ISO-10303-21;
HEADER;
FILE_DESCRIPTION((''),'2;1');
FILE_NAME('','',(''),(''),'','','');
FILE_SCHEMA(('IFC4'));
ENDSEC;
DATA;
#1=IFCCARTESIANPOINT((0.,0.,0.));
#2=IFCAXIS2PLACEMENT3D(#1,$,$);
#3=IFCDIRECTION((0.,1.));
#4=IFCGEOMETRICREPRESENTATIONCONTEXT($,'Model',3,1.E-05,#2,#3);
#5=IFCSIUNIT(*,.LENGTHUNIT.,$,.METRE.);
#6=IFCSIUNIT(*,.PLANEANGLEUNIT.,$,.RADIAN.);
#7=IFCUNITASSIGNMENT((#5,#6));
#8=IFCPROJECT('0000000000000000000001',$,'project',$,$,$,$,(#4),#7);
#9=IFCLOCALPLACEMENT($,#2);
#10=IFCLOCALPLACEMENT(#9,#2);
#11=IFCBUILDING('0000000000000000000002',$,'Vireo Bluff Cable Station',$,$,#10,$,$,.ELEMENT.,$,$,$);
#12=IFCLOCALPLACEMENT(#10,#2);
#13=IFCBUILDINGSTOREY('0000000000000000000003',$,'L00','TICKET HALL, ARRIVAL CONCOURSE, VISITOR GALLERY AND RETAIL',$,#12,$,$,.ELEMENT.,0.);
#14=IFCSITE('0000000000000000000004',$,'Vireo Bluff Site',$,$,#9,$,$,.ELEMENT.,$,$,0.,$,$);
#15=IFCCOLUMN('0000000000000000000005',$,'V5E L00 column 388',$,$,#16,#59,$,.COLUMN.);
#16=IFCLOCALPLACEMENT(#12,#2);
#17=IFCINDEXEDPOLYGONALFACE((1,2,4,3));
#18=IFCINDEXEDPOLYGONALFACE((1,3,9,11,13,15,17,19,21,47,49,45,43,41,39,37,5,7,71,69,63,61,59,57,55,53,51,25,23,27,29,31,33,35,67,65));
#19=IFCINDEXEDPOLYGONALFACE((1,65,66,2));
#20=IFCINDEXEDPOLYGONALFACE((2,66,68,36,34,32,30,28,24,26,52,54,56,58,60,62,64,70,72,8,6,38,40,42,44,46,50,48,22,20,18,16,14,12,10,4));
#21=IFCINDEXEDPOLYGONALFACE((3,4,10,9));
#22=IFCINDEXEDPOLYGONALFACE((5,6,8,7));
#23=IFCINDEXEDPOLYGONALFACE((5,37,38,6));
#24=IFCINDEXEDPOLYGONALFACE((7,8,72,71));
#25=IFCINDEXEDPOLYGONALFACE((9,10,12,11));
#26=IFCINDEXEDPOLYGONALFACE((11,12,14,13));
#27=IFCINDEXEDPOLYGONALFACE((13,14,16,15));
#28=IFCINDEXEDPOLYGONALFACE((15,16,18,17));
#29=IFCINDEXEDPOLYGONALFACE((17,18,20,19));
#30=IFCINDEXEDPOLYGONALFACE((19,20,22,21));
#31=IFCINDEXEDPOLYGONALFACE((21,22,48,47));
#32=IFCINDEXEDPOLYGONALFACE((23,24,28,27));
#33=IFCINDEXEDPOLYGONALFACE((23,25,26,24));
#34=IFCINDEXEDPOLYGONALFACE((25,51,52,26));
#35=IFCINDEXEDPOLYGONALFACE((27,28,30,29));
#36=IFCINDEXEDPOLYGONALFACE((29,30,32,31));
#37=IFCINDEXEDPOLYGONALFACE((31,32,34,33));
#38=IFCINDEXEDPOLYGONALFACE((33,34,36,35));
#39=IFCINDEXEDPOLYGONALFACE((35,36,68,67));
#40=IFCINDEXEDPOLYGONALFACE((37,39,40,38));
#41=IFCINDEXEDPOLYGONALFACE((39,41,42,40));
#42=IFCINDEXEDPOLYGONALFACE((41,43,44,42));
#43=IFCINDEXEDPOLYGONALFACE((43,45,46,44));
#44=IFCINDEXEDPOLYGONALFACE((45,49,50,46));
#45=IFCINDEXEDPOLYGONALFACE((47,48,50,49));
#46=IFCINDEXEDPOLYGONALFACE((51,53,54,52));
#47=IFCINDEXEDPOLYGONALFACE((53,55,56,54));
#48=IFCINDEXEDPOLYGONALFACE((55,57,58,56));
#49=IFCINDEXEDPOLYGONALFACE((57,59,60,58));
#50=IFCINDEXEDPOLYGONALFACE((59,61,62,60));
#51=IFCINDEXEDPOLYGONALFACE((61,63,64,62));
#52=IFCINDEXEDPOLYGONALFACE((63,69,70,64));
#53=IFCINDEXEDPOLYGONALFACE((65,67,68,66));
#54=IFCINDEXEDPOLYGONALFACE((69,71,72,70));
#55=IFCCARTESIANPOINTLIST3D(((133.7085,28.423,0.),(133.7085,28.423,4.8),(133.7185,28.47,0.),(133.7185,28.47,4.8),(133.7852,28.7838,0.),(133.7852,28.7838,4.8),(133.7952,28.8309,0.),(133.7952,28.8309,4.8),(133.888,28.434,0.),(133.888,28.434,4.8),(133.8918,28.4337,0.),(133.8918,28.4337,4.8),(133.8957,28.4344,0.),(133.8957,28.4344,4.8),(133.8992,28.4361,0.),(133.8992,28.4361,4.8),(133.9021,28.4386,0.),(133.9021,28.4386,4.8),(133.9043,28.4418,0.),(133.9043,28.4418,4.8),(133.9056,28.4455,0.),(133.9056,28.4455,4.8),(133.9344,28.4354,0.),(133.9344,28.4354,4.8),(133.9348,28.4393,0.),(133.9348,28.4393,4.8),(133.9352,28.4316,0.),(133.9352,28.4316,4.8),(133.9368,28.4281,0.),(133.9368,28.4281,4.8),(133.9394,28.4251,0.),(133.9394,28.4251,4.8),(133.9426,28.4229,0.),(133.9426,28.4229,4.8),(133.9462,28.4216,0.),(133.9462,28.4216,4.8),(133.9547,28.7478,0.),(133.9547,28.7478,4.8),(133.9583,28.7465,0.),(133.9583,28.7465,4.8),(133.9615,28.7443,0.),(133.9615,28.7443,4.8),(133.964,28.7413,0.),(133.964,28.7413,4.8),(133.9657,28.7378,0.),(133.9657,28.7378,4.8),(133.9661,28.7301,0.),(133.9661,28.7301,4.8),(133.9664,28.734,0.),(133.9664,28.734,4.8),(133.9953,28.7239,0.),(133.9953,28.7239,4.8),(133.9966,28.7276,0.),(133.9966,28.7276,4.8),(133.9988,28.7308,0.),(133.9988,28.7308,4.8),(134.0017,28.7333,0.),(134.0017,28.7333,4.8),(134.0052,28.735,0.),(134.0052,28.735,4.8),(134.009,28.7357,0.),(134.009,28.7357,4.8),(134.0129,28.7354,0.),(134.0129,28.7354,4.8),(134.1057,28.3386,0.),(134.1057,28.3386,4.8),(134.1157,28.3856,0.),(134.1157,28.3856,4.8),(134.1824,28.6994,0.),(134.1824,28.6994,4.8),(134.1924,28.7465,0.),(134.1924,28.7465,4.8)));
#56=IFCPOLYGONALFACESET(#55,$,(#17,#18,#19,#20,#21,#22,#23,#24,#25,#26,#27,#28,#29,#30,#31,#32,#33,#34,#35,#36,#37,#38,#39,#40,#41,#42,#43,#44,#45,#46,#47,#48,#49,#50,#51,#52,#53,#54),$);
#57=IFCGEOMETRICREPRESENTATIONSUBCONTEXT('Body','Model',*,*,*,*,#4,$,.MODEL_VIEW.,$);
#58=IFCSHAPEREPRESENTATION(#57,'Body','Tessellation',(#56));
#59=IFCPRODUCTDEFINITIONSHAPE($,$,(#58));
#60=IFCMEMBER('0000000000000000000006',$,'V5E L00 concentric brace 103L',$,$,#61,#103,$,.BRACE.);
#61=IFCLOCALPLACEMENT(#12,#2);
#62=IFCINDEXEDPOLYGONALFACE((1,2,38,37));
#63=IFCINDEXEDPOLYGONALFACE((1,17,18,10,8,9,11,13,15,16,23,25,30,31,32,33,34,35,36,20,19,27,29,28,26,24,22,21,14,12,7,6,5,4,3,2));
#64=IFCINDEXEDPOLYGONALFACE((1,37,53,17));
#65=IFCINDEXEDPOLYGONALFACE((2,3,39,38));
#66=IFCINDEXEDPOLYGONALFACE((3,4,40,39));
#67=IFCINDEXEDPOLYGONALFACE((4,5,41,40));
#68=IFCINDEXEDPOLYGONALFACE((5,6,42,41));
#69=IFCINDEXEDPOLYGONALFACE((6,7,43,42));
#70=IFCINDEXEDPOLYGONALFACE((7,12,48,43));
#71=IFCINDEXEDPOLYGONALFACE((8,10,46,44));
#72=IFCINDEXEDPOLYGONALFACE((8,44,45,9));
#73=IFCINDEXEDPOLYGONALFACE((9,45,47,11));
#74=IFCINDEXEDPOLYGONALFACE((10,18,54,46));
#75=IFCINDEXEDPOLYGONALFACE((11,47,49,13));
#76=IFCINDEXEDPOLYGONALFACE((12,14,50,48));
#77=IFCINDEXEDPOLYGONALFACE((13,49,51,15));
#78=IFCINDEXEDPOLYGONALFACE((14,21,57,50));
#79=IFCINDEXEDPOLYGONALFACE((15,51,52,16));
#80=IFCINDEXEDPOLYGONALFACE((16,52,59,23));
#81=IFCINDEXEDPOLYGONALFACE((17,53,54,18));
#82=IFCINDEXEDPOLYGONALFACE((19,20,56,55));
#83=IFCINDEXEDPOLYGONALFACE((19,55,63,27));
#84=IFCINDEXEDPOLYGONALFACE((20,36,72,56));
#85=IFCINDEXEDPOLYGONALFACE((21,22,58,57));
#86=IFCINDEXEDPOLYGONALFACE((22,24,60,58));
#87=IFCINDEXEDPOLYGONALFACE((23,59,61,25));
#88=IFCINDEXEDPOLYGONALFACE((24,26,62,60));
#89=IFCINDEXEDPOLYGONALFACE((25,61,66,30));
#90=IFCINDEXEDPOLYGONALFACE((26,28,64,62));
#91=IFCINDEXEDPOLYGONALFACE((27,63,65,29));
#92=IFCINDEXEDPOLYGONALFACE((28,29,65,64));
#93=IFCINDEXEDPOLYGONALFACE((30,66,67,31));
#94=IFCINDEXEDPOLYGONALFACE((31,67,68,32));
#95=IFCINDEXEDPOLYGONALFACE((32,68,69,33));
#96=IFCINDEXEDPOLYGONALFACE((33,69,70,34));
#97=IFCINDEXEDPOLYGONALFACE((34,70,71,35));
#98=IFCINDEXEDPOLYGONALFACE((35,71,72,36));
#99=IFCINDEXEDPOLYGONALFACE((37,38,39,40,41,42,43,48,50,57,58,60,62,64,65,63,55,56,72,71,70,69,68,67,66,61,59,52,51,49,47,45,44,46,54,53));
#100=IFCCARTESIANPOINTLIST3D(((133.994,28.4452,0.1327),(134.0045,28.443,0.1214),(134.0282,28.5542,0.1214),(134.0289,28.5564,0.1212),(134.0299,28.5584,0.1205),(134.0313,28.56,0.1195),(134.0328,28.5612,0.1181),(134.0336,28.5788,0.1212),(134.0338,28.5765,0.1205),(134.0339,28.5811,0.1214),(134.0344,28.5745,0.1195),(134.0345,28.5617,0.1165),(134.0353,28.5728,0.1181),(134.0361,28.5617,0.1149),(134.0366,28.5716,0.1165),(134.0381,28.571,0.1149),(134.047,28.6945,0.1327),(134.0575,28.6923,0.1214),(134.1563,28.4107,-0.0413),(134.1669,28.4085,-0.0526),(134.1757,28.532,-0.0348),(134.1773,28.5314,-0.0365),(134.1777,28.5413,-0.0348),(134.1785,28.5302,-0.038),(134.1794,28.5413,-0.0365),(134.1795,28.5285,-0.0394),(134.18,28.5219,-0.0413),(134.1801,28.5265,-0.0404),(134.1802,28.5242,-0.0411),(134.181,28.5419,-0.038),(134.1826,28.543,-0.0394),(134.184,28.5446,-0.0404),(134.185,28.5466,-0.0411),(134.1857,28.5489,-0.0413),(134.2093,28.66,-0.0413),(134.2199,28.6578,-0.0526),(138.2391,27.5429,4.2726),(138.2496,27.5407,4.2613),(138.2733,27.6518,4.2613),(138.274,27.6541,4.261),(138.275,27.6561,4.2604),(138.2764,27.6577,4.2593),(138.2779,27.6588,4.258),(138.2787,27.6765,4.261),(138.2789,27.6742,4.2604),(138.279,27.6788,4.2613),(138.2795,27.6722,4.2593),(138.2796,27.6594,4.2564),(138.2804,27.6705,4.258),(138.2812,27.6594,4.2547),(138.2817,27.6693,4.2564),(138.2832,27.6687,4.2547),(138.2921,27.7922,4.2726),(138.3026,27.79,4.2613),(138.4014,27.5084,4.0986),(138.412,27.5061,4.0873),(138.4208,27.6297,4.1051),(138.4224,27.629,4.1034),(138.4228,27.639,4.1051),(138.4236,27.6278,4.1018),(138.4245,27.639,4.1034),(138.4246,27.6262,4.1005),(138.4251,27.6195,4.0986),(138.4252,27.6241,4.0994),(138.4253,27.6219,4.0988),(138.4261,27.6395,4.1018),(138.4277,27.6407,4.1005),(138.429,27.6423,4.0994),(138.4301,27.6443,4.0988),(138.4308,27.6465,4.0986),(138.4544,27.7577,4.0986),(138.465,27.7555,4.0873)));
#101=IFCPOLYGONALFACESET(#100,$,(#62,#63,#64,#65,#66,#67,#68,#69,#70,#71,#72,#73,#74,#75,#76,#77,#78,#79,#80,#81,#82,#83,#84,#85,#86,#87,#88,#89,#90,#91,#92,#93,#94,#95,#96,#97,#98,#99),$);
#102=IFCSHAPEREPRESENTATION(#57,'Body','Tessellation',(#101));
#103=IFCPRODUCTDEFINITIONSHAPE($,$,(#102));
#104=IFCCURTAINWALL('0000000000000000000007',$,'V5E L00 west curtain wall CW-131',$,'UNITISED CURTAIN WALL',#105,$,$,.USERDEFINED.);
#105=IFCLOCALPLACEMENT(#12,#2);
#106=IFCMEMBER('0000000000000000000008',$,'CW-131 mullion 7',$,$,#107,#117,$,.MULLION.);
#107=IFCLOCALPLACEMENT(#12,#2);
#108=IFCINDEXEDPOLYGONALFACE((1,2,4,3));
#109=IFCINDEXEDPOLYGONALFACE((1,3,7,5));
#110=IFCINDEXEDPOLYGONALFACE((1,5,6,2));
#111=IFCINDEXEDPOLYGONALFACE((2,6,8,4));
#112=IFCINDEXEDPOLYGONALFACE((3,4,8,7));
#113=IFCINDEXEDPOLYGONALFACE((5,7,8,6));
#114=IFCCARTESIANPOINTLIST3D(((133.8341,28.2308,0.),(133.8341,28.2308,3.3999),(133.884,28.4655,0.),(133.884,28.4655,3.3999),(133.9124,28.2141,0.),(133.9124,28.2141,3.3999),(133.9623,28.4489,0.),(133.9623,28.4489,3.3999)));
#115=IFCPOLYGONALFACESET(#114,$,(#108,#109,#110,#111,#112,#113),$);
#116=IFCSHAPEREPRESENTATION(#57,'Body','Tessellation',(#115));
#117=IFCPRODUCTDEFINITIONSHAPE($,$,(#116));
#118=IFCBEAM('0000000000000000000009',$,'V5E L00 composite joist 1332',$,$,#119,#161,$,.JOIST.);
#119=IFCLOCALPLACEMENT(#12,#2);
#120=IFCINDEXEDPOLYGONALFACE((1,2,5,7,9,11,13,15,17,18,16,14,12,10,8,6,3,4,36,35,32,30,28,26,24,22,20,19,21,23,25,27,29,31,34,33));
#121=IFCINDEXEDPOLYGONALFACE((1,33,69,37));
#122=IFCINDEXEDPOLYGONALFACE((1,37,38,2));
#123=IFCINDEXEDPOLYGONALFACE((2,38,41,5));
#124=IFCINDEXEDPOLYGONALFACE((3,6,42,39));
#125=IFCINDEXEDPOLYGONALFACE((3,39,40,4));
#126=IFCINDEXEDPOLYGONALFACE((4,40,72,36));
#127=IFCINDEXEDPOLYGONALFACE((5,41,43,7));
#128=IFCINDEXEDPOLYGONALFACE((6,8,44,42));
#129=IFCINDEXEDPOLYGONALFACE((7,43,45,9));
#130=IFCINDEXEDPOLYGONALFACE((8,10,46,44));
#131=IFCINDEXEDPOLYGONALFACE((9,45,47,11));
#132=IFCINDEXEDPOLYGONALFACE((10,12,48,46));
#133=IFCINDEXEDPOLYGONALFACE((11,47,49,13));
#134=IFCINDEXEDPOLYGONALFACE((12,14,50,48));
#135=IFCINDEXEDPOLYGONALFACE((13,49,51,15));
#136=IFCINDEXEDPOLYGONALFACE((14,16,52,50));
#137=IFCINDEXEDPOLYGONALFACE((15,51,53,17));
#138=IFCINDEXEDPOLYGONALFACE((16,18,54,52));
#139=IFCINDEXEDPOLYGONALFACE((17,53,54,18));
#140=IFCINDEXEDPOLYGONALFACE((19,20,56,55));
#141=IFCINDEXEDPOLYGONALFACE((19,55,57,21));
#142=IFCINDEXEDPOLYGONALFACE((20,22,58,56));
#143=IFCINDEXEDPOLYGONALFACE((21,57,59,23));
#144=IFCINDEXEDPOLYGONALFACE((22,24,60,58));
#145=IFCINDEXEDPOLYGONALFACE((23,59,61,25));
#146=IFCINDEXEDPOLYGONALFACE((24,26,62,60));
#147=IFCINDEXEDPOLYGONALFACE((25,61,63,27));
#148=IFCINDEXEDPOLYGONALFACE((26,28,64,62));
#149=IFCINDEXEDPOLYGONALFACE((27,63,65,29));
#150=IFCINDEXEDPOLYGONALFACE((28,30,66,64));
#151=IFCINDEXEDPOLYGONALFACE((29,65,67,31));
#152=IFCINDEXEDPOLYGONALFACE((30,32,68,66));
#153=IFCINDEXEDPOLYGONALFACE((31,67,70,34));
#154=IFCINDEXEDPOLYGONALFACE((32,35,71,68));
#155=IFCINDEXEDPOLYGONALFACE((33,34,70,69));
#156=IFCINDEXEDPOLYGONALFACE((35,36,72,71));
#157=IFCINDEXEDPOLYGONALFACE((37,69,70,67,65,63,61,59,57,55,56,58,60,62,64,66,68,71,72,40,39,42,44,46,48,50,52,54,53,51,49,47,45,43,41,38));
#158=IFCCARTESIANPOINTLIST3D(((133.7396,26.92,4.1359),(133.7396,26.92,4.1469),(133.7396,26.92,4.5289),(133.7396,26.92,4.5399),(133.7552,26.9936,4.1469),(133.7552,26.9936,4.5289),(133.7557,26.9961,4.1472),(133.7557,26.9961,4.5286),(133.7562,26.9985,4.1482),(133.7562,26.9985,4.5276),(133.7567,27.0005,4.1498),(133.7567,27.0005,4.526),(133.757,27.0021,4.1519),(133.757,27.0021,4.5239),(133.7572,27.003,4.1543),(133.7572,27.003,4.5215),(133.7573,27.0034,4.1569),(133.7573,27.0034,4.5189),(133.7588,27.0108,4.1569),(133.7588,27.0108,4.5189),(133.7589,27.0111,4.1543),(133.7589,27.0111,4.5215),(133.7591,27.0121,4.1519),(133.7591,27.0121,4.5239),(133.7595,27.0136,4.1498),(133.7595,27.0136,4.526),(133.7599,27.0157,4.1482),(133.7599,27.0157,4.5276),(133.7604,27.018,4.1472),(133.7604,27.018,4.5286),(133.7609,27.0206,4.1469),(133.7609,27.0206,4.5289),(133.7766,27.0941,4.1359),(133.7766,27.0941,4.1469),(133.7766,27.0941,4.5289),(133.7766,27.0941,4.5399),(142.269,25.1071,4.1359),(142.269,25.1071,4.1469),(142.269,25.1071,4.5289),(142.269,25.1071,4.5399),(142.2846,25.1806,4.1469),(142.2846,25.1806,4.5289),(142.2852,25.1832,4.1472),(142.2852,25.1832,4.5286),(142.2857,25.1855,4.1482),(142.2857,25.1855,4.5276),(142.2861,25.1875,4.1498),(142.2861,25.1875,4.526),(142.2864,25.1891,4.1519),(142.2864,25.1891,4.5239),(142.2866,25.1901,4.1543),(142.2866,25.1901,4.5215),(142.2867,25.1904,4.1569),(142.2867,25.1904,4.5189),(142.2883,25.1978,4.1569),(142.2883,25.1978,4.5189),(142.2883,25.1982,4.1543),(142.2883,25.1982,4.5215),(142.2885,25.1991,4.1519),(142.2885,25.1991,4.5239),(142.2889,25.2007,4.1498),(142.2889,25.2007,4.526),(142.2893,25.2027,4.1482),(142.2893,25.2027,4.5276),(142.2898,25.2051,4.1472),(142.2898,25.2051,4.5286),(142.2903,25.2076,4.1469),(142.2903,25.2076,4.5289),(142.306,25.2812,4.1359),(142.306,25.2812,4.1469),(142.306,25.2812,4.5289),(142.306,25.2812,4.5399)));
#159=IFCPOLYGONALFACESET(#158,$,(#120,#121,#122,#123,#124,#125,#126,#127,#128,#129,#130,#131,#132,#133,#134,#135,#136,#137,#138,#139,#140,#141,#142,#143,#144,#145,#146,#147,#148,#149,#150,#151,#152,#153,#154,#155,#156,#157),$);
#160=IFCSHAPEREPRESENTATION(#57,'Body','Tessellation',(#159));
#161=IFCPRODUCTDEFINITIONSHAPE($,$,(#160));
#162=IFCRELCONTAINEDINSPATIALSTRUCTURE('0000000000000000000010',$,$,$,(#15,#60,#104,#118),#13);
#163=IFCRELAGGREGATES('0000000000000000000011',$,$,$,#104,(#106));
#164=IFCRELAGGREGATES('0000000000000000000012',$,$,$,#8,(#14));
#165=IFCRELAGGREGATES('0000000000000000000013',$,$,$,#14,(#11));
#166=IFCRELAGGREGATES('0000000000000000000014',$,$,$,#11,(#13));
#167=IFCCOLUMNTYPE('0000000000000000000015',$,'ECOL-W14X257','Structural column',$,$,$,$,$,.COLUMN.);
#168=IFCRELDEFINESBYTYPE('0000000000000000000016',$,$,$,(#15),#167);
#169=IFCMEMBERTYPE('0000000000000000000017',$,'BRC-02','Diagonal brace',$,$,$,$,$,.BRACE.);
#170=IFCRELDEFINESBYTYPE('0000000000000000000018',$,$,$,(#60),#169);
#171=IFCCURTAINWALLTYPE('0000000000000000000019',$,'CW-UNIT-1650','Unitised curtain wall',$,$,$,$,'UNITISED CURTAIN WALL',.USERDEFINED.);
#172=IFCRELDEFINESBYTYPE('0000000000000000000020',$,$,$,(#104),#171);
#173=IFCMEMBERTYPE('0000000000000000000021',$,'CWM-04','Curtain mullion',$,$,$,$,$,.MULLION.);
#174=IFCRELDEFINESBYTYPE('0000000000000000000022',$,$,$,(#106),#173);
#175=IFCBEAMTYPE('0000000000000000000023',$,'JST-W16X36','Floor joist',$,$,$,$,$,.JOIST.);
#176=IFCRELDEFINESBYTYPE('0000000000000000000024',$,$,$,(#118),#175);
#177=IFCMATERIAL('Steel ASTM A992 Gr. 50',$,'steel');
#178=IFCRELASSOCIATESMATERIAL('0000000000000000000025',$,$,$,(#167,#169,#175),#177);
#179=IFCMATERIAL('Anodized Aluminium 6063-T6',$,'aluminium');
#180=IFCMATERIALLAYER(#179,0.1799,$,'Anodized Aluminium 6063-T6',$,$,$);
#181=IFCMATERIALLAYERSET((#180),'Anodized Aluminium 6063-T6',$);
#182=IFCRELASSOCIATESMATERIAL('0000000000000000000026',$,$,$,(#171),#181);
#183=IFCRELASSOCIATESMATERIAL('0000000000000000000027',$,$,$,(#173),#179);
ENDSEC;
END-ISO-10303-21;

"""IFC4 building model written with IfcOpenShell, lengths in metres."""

from ifc_helpers import new_model, si_unit, direction, frame, origin, origin_2d, place, context, subcontext, project, spatial, rectangle, i_section, extrude, material, layer, layer_set, material_profile, profile_set, type_object, element, aggregate, save


model = new_model("IFC4")

# Units and contexts
model_context = context("Model", 3, precision=1e-05, world=origin(), true_north=direction((0.0, 1.0)))
body_context = subcontext(model_context, "Body", "Model", "MODEL_VIEW")
ifc_project = project(units=[si_unit("LENGTHUNIT", "METRE"), si_unit("PLANEANGLEUNIT", "RADIAN")], contexts=[model_context])

# Site, building, storey
site_placement = place(None, origin())
site = spatial("IfcSite", under=ifc_project, at=site_placement, Name="Vireo Bluff Site", CompositionType="ELEMENT", RefElevation=0.0)
building_placement = place(site_placement, origin())
building = spatial("IfcBuilding", under=site, at=building_placement, Name="Vireo Bluff Cable Station", CompositionType="ELEMENT")
storey_placement = place(building_placement, origin())
storey = spatial("IfcBuildingStorey", under=building, at=storey_placement, Name="L00", Description="TICKET HALL, ARRIVAL CONCOURSE, VISITOR GALLERY AND RETAIL", CompositionType="ELEMENT", Elevation=0.0)

# Column
ifc_material_1 = material(Name="Steel ASTM A992 Gr. 50", Category="steel")
ifc_material_profile_1 = material_profile(ifc_material_1, i_section(OverallWidth=0.406, OverallDepth=0.417, WebThickness=0.0298, FlangeThickness=0.0481, FilletRadius=0.0149, at=origin_2d()), Name="W14X257")
ifc_profile_set_1 = profile_set([ifc_material_profile_1], Name="Steel ASTM A992 Gr. 50")
column_type = type_object("IfcColumnType", Name="ECOL-W14X257", Description="Structural column", PredefinedType="COLUMN", material=ifc_profile_set_1)
column_placement = place(storey_placement, frame((133.9504, 28.5847, 0.0), z_axis=(0.0, 0.0, 1.0), x_axis=(0.978148, -0.207912, 0.0)))
element("IfcColumn", 1, at=column_placement, inside=storey, type_object=column_type, Name="V5E L00 column 388", PredefinedType="COLUMN", context=body_context, shape_type="SweptSolid", body=[
    extrude(i_section(OverallWidth=0.406, OverallDepth=0.417, WebThickness=0.0298, FlangeThickness=0.0481, FilletRadius=0.0149, at=origin_2d()), origin(), (0.0, 0.0, 1.0), 4.8),
])

# Member
ifc_material_profile_2 = material_profile(ifc_material_1, i_section(OverallWidth=0.2549, OverallDepth=0.2561, WebThickness=0.0095, FlangeThickness=0.0156, FilletRadius=0.009, at=origin_2d()), Name="W10X54")
ifc_profile_set_2 = profile_set([ifc_material_profile_2], Name="Steel ASTM A992 Gr. 50")
member_type_1 = type_object("IfcMemberType", Name="BRC-02", Description="Diagonal brace", PredefinedType="BRACE", material=ifc_profile_set_2)
member_1_placement = place(storey_placement, frame((134.1069, 28.5515, 0.04), z_axis=(0.707776, -0.150445, 0.690232), x_axis=(0.207915, 0.978147, 0.0)))
element("IfcMember", 2, at=member_1_placement, inside=storey, type_object=member_type_1, Name="V5E L00 concentric brace 103L", PredefinedType="BRACE", context=body_context, shape_type="SweptSolid", body=[
    extrude(i_section(OverallWidth=0.2549, OverallDepth=0.2561, WebThickness=0.0095, FlangeThickness=0.0156, FilletRadius=0.009, at=origin_2d()), origin(), (0.0, 0.0, 1.0), 5.9978),
])

# Curtain wall, member
ifc_material_2 = material(Name="Anodized Aluminium 6063-T6", Category="aluminium")
ifc_layer_1 = layer(ifc_material_2, 0.1799, Name="Anodized Aluminium 6063-T6")
ifc_layer_set_1 = layer_set([ifc_layer_1], Name="Anodized Aluminium 6063-T6")
curtain_wall_type = type_object("IfcCurtainWallType", Name="CW-UNIT-1650", Description="Unitised curtain wall", ElementType="UNITISED CURTAIN WALL", PredefinedType="USERDEFINED", material=ifc_layer_set_1)
curtain_wall_placement = place(storey_placement, origin())
curtain_wall = element("IfcCurtainWall", 3, at=curtain_wall_placement, inside=storey, type_object=curtain_wall_type, Name="V5E L00 west curtain wall CW-131", ObjectType="UNITISED CURTAIN WALL", PredefinedType="USERDEFINED")
ifc_material_profile_3 = material_profile(ifc_material_2, rectangle(XDim=0.0801, YDim=0.24, at=origin_2d()), Name="ALU-M-80X240")
ifc_profile_set_3 = profile_set([ifc_material_profile_3], Name="Anodized Aluminium 6063-T6")
member_type_2 = type_object("IfcMemberType", Name="CWM-04", Description="Curtain mullion", PredefinedType="MULLION", material=ifc_profile_set_3)
member_2_placement = place(storey_placement, frame((133.8982, 28.3398, 0.0), z_axis=(0.0, 0.0, 1.0), x_axis=(-0.978148, 0.207912, 0.0)))
member_2 = element("IfcMember", 4, at=member_2_placement, type_object=member_type_2, Name="CW-131 mullion 7", PredefinedType="MULLION", context=body_context, shape_type="SweptSolid", body=[
    extrude(rectangle(XDim=0.0801, YDim=0.24, at=origin_2d()), origin(), (0.0, 0.0, 1.0), 3.3999),
])

# Beam
ifc_material_profile_4 = material_profile(ifc_material_1, i_section(OverallWidth=0.178, OverallDepth=0.4041, WebThickness=0.0076, FlangeThickness=0.011, FilletRadius=0.01, at=origin_2d()), Name="W16X36")
ifc_profile_set_4 = profile_set([ifc_material_profile_4], Name="Steel ASTM A992 Gr. 50")
beam_type_1 = type_object("IfcBeamType", Name="JST-W16X36", Description="Floor joist", PredefinedType="JOIST", material=ifc_profile_set_4)
beam_1_placement = place(storey_placement, frame((133.7581, 27.0071, 4.3379), z_axis=(0.978148, -0.207909, 0.0), x_axis=(0.207909, 0.978148, 0.0)))
element("IfcBeam", 5, at=beam_1_placement, inside=storey, type_object=beam_type_1, Name="V5E L00 composite joist 1332", PredefinedType="JOIST", context=body_context, shape_type="SweptSolid", body=[
    extrude(i_section(OverallWidth=0.178, OverallDepth=0.4041, WebThickness=0.0076, FlangeThickness=0.011, FilletRadius=0.01, at=origin_2d()), origin(), (0.0, 0.0, 1.0), 8.72),
])

aggregate(curtain_wall, [member_2])

save(model, "model.ifc")
